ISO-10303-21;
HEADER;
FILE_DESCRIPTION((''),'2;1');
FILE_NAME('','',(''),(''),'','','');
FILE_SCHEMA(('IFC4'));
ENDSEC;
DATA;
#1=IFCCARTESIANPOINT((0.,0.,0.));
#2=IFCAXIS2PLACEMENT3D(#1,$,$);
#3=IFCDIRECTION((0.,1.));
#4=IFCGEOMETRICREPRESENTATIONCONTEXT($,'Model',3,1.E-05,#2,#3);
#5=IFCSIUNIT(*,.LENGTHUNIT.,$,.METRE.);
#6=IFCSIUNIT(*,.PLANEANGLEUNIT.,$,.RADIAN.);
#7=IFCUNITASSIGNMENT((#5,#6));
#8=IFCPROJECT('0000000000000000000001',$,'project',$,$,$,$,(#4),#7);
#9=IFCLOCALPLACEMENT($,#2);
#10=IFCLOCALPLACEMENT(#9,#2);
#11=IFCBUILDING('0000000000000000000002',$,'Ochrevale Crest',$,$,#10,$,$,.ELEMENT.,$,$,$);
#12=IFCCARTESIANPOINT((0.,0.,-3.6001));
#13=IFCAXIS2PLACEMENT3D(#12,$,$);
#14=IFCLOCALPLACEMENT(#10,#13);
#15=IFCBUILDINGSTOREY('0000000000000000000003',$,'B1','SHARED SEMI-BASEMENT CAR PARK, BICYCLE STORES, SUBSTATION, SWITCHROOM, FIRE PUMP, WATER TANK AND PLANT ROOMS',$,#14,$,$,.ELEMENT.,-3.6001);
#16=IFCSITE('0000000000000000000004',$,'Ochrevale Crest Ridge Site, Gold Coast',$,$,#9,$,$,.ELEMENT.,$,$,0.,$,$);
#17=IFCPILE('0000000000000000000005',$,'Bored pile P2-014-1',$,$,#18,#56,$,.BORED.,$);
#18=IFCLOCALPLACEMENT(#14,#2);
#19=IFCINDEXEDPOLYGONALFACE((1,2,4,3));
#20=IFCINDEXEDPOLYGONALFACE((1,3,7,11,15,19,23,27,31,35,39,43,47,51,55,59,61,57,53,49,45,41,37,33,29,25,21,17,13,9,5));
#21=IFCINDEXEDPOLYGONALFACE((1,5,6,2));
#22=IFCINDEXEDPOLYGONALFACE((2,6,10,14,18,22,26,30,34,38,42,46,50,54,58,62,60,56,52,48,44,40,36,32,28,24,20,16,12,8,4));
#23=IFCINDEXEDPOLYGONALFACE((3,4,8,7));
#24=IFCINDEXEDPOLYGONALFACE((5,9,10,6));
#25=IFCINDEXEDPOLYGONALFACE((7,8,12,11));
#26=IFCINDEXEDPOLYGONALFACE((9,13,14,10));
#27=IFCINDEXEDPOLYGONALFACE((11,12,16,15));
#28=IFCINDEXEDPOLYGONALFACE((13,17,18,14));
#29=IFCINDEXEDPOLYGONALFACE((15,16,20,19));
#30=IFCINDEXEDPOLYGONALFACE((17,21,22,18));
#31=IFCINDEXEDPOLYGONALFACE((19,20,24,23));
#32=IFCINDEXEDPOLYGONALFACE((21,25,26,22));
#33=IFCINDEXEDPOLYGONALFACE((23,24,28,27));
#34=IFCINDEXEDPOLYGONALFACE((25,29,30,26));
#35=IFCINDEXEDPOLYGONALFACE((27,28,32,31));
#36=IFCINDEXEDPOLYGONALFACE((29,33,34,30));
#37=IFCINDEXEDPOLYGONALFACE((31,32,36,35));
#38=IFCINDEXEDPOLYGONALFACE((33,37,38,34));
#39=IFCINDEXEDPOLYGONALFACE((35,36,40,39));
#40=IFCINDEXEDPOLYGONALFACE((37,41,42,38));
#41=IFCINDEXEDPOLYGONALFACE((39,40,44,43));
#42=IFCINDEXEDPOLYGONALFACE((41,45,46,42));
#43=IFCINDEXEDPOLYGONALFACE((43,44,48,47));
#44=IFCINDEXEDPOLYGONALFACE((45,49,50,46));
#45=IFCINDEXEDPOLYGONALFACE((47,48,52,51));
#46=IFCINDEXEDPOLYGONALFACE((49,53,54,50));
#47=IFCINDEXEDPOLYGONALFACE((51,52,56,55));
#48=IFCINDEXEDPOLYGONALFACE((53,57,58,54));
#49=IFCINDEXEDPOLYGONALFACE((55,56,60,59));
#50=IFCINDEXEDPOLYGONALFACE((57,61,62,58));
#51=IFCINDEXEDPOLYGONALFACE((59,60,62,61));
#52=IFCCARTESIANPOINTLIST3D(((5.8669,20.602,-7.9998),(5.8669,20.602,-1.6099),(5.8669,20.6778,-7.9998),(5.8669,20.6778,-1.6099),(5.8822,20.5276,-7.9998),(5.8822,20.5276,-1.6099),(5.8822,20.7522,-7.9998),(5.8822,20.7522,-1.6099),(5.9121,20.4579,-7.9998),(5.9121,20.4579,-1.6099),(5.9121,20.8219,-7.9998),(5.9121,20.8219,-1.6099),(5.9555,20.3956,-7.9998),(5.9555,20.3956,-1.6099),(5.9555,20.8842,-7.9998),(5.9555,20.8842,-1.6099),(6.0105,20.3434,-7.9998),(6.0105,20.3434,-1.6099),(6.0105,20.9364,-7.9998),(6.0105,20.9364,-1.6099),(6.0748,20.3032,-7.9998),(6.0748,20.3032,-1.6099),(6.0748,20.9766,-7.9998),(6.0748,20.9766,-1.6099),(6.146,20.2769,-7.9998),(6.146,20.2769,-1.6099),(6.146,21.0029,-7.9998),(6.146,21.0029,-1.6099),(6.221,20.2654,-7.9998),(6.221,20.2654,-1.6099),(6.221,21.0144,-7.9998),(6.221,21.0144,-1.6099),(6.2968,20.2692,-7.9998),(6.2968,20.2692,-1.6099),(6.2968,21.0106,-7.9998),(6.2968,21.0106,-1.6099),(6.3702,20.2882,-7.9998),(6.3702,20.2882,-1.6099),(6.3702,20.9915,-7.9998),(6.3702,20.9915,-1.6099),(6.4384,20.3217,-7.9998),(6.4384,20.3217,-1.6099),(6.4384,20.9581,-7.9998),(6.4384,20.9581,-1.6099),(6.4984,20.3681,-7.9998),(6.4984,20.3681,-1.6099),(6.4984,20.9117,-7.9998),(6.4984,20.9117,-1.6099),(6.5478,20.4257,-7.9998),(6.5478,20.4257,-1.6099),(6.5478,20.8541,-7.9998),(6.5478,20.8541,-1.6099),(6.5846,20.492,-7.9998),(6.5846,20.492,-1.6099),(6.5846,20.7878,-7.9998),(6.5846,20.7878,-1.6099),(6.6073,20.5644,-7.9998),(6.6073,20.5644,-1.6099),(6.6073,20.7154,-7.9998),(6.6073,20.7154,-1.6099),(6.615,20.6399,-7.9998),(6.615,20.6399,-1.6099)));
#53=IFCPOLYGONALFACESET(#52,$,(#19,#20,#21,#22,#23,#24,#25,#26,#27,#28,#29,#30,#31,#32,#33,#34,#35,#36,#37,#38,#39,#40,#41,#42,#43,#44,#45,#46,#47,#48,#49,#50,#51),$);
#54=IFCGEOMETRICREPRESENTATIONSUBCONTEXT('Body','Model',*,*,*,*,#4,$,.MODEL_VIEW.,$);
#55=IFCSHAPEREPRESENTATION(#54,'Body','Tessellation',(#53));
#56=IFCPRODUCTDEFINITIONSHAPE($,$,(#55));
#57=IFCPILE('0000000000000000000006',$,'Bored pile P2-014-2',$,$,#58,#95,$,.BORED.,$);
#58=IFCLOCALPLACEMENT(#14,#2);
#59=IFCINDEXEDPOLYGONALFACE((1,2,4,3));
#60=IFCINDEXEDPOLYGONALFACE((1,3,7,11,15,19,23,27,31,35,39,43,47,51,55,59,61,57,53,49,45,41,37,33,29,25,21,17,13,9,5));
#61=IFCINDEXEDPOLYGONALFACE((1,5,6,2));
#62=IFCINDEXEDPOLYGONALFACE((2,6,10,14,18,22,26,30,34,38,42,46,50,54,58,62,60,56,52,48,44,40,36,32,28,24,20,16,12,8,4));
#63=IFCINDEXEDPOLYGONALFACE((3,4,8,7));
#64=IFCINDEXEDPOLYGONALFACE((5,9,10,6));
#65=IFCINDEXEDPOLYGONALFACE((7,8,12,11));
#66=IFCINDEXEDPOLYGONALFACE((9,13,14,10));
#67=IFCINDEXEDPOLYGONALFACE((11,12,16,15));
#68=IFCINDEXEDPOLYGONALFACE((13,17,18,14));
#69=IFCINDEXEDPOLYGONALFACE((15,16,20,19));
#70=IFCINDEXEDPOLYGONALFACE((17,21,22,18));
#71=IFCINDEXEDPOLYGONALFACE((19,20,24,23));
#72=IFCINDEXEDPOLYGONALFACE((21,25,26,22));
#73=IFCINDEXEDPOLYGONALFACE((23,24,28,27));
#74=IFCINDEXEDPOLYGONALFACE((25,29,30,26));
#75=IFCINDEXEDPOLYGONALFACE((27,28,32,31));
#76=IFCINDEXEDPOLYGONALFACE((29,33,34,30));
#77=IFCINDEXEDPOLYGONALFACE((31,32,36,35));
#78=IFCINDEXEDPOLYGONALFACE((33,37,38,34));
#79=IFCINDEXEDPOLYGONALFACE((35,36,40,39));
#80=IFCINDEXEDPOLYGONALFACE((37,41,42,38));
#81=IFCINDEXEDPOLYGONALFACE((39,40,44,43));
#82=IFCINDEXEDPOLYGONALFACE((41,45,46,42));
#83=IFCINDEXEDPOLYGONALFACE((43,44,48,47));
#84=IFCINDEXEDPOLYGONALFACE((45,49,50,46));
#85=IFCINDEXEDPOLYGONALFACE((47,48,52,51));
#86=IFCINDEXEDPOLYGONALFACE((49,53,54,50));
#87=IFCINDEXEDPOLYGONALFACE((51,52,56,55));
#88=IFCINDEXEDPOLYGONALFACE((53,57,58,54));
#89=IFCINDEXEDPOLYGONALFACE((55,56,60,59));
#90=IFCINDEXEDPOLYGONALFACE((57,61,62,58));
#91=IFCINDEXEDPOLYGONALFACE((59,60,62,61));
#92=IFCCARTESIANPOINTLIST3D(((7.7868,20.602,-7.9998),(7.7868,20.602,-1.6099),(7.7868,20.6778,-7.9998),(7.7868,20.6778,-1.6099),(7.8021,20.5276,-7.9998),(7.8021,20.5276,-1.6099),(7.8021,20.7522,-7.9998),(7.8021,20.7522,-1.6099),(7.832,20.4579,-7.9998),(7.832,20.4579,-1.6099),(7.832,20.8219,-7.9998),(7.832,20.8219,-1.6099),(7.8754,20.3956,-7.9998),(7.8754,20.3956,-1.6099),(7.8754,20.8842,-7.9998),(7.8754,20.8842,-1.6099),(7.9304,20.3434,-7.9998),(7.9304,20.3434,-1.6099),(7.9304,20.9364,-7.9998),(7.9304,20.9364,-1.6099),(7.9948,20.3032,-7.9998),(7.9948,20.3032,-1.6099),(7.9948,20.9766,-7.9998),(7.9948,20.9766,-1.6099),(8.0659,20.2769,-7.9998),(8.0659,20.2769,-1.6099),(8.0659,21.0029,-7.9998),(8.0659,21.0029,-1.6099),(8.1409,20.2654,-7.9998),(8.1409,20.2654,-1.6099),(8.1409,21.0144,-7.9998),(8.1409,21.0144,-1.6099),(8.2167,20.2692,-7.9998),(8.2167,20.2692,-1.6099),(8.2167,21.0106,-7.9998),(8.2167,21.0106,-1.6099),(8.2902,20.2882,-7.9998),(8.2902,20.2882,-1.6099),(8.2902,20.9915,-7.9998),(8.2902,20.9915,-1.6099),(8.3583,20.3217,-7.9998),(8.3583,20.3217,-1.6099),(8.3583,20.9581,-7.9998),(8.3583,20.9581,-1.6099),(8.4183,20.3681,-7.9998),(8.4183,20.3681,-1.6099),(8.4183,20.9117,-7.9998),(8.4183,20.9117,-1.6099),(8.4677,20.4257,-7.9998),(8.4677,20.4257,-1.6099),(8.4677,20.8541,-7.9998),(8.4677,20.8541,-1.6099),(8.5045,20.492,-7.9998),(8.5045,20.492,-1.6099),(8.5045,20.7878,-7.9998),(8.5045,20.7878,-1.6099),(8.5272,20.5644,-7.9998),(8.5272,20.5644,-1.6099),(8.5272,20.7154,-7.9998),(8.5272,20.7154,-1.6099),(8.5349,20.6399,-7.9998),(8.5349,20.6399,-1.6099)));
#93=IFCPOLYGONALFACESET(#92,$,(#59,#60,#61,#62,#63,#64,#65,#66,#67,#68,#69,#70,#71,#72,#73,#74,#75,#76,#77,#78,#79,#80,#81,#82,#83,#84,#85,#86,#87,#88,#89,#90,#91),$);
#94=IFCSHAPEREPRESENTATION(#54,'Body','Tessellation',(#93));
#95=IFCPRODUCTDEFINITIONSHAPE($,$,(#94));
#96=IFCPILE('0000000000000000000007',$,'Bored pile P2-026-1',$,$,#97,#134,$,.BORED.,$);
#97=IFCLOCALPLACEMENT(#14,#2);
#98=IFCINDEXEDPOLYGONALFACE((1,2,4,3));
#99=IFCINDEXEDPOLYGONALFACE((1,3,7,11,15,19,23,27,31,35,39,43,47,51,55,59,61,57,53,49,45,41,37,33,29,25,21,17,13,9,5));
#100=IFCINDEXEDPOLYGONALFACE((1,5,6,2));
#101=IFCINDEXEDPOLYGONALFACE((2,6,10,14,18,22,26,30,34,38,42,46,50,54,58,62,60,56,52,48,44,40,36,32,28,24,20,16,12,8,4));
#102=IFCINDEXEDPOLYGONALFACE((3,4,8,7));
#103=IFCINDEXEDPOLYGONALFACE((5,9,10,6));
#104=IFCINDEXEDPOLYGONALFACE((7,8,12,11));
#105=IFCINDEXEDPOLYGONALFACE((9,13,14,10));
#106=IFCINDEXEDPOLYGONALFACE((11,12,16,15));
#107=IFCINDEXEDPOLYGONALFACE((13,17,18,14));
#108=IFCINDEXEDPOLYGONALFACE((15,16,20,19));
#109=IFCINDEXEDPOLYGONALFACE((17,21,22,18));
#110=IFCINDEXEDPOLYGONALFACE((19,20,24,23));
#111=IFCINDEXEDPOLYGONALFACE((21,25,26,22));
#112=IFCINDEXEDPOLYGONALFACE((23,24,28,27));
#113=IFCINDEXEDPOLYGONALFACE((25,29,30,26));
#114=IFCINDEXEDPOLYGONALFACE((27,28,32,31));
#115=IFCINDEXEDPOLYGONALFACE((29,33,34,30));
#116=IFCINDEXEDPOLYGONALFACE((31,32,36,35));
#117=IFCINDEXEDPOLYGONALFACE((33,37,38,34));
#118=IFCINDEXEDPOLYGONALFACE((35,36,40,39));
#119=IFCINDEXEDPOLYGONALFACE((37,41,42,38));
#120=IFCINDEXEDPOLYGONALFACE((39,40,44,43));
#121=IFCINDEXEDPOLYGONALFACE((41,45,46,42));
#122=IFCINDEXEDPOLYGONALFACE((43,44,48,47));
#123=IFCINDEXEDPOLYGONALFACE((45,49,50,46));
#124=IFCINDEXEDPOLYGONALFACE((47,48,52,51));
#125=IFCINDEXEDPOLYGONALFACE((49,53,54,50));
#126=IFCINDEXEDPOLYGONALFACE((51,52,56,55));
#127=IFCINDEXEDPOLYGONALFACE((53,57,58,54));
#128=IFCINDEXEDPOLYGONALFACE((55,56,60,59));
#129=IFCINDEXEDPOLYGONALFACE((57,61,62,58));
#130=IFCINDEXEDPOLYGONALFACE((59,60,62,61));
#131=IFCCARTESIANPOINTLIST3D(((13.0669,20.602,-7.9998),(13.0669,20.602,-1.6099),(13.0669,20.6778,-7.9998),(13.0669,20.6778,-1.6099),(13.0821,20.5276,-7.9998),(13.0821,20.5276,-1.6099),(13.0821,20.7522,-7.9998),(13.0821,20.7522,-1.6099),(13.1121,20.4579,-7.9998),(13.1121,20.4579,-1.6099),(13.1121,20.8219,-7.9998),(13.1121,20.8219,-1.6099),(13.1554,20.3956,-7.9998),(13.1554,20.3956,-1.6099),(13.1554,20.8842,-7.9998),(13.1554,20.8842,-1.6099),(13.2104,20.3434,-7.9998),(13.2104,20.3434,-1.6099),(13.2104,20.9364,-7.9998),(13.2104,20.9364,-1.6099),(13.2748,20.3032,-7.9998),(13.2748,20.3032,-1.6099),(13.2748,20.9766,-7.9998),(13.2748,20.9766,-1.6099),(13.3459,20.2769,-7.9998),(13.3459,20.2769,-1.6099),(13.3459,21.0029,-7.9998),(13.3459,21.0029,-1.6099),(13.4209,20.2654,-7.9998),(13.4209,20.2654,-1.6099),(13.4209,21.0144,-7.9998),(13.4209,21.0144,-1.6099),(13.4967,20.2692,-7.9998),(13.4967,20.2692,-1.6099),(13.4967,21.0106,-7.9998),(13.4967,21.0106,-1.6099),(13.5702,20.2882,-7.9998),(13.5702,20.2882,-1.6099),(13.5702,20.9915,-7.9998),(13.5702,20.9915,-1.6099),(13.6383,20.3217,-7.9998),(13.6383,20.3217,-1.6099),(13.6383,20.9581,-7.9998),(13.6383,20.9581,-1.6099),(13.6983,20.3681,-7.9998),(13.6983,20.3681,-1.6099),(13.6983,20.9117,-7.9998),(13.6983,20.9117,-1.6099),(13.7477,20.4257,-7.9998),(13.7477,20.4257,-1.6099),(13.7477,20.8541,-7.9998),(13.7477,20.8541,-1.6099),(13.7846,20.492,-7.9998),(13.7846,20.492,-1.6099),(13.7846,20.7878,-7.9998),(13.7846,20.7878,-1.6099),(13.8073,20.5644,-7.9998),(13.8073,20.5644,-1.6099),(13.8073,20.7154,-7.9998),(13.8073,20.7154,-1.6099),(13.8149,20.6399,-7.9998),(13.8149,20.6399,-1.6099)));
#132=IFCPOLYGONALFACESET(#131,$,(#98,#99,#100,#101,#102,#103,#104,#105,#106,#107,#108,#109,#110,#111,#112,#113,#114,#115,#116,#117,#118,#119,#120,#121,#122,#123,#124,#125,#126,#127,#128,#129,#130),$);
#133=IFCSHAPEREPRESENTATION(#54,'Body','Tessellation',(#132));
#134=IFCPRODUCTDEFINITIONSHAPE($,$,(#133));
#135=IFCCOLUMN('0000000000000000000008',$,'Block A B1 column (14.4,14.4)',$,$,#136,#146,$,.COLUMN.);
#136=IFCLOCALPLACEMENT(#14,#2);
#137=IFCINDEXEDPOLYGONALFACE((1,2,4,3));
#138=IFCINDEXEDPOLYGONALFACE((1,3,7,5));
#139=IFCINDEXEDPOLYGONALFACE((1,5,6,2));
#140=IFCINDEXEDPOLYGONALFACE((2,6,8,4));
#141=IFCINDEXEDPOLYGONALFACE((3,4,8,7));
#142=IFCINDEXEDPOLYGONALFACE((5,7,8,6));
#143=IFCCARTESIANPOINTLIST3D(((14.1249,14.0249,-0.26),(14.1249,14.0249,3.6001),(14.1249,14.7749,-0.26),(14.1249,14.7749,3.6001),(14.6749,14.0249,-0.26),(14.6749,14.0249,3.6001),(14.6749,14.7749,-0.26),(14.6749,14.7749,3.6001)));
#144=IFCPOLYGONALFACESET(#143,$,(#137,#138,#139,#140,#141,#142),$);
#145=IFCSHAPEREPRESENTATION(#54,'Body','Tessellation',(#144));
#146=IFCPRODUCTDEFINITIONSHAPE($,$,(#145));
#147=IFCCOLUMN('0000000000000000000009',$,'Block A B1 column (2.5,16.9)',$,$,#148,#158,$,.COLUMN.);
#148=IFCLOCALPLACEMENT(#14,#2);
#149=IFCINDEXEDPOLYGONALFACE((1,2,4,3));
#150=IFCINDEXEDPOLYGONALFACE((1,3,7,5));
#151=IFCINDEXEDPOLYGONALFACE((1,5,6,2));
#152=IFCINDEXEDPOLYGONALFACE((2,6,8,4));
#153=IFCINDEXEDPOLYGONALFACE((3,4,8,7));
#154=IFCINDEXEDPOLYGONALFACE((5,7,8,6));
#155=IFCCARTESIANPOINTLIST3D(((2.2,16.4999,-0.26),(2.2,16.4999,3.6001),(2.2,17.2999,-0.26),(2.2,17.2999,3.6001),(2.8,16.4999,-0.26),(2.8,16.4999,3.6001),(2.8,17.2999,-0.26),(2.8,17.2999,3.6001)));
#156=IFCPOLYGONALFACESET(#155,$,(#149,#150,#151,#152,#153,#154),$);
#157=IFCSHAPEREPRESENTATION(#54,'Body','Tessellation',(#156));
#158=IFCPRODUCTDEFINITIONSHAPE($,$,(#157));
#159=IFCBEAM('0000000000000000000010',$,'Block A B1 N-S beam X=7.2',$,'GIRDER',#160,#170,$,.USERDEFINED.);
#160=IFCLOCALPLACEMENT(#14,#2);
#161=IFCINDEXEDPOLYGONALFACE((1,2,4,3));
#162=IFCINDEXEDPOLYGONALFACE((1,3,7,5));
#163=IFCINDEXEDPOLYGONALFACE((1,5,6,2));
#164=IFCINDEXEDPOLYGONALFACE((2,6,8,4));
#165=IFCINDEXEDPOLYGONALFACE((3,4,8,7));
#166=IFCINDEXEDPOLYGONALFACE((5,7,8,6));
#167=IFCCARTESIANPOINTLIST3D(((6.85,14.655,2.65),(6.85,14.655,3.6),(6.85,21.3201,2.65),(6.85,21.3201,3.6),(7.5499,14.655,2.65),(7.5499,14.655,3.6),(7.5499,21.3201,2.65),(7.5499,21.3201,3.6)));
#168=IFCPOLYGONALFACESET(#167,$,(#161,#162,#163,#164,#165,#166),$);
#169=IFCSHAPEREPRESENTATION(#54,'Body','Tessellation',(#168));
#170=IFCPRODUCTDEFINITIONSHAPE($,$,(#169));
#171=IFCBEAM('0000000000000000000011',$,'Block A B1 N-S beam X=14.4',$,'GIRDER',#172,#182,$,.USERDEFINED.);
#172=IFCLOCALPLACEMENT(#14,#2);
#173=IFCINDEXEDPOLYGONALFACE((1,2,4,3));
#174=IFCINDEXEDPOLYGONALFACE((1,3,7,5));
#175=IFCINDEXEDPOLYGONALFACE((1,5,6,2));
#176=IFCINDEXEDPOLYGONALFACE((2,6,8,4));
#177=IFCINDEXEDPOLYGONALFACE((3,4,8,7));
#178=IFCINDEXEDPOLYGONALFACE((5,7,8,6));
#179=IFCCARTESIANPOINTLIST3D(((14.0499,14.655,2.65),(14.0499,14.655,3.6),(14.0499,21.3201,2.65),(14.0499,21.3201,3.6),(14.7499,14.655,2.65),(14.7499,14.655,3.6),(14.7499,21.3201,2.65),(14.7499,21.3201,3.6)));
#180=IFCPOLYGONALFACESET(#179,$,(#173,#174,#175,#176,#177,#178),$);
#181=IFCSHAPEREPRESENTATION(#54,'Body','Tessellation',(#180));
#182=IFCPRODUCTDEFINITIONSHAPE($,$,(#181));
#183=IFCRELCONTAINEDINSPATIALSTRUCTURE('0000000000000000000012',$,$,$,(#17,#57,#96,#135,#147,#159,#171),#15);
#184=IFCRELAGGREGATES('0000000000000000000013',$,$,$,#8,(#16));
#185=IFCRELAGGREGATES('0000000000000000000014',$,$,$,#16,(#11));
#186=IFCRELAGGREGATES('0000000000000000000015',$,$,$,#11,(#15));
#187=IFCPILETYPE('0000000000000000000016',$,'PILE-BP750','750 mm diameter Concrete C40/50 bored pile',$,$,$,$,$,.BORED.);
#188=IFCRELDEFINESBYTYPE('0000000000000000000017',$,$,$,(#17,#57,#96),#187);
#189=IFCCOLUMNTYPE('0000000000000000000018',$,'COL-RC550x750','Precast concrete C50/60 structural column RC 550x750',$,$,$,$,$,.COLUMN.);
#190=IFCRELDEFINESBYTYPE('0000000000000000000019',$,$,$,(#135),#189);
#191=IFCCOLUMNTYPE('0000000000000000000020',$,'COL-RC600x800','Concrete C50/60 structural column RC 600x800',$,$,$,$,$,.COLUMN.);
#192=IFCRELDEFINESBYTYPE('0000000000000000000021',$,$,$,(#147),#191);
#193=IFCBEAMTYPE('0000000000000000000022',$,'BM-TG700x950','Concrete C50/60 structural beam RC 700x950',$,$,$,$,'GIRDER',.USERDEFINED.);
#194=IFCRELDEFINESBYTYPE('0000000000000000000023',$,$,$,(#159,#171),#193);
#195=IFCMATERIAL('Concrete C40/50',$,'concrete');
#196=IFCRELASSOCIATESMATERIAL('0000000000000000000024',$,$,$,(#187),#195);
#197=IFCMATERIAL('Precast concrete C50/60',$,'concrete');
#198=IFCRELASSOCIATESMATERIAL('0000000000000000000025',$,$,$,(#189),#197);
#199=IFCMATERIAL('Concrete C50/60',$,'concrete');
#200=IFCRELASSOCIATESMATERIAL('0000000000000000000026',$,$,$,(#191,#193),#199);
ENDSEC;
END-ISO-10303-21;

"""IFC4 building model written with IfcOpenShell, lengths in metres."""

from ifc_helpers import new_model, si_unit, direction, frame, origin, origin_2d, place, context, subcontext, project, spatial, rectangle, circle, extrude, material, material_profile, profile_set, type_object, element, save


model = new_model("IFC4")

# Units and contexts
model_context = context("Model", 3, precision=1e-05, world=origin(), true_north=direction((0.0, 1.0)))
body_context = subcontext(model_context, "Body", "Model", "MODEL_VIEW")
ifc_project = project(units=[si_unit("LENGTHUNIT", "METRE"), si_unit("PLANEANGLEUNIT", "RADIAN")], contexts=[model_context])

# Site, building, storey
site_placement = place(None, origin())
site = spatial("IfcSite", under=ifc_project, at=site_placement, Name="Ochrevale Crest Ridge Site, Gold Coast", CompositionType="ELEMENT", RefElevation=0.0)
building_placement = place(site_placement, origin())
building = spatial("IfcBuilding", under=site, at=building_placement, Name="Ochrevale Crest", CompositionType="ELEMENT")
storey_placement = place(building_placement, frame((0.0, 0.0, -3.6001)))
storey = spatial("IfcBuildingStorey", under=building, at=storey_placement, Name="B1", Description="SHARED SEMI-BASEMENT CAR PARK, BICYCLE STORES, SUBSTATION, SWITCHROOM, FIRE PUMP, WATER TANK AND PLANT ROOMS", CompositionType="ELEMENT", Elevation=-3.6001)

# Shared definitions
ifc_material_1 = material(Name="Concrete C40/50", Category="concrete")

# Piles
ifc_material_profile_1 = material_profile(ifc_material_1, circle(Radius=0.375, at=origin_2d()), Name="BORED PILE 750")
ifc_profile_set_1 = profile_set([ifc_material_profile_1], Name="Concrete C40/50")
pile_type_1 = type_object("IfcPileType", Name="PILE-BP750", Description="750 mm diameter Concrete C40/50 bored pile", PredefinedType="BORED", material=ifc_profile_set_1)
for number, where, z_axis, x_axis, name in (
    (1, (6.24, 20.6399, -1.6099), (0.0, 0.0, -1.0), (1.0, 0.0, 0.0), "Bored pile P2-014-1"),
    (2, (8.1599, 20.6399, -1.6099), (0.0, 0.0, -1.0), (1.0, 0.0, 0.0), "Bored pile P2-014-2"),
    (3, (13.4399, 20.6399, -1.6099), (0.0, 0.0, -1.0), (1.0, 0.0, 0.0), "Bored pile P2-026-1"),
):
    element("IfcPile", number, at=place(storey_placement, frame(where, z_axis=z_axis, x_axis=x_axis)), inside=storey, type_object=pile_type_1, Name=name, PredefinedType="BORED", context=body_context, shape_type="SweptSolid", body=[
        extrude(circle(Radius=0.375, at=origin_2d()), origin(), (0.0, 0.0, 1.0), 6.3899),
    ])

# Columns
ifc_material_2 = material(Name="Precast concrete C50/60", Category="concrete")
ifc_material_profile_2 = material_profile(ifc_material_2, rectangle(XDim=0.55, YDim=0.75, at=origin_2d()), Name="RC 550x750")
ifc_profile_set_2 = profile_set([ifc_material_profile_2], Name="Precast concrete C50/60")
column_type_1 = type_object("IfcColumnType", Name="COL-RC550x750", Description="Precast concrete C50/60 structural column RC 550x750", PredefinedType="COLUMN", material=ifc_profile_set_2)
column_1_placement = place(storey_placement, frame((14.3999, 14.3999, -0.26), z_axis=(0.0, 0.0, 1.0), x_axis=(1.0, 0.0, 0.0)))
element("IfcColumn", 4, at=column_1_placement, inside=storey, type_object=column_type_1, Name="Block A B1 column (14.4,14.4)", PredefinedType="COLUMN", context=body_context, shape_type="SweptSolid", body=[
    extrude(rectangle(XDim=0.55, YDim=0.75, at=origin_2d()), origin(), (0.0, 0.0, 1.0), 3.8601),
])
ifc_material_3 = material(Name="Concrete C50/60", Category="concrete")
ifc_material_profile_3 = material_profile(ifc_material_3, rectangle(XDim=0.6001, YDim=0.8, at=origin_2d()), Name="RC 600x800")
ifc_profile_set_3 = profile_set([ifc_material_profile_3], Name="Concrete C50/60")
column_type_2 = type_object("IfcColumnType", Name="COL-RC600x800", Description="Concrete C50/60 structural column RC 600x800", PredefinedType="COLUMN", material=ifc_profile_set_3)
column_2_placement = place(storey_placement, frame((2.5, 16.8999, -0.26), z_axis=(0.0, 0.0, 1.0), x_axis=(1.0, 0.0, 0.0)))
element("IfcColumn", 5, at=column_2_placement, inside=storey, type_object=column_type_2, Name="Block A B1 column (2.5,16.9)", PredefinedType="COLUMN", context=body_context, shape_type="SweptSolid", body=[
    extrude(rectangle(XDim=0.6001, YDim=0.8, at=origin_2d()), origin(), (0.0, 0.0, 1.0), 3.8601),
])

# Beams
ifc_material_profile_4 = material_profile(ifc_material_3, rectangle(XDim=0.7, YDim=0.95, at=origin_2d()), Name="RC 700x950")
ifc_profile_set_4 = profile_set([ifc_material_profile_4], Name="Concrete C50/60")
beam_type_1 = type_object("IfcBeamType", Name="BM-TG700x950", Description="Concrete C50/60 structural beam RC 700x950", ElementType="GIRDER", PredefinedType="USERDEFINED", material=ifc_profile_set_4)
for number, where, z_axis, x_axis, name in (
    (6, (7.2, 14.655, 3.125), (0.0, 1.0, 0.0), (-1.0, 0.0, 0.0), "Block A B1 N-S beam X=7.2"),
    (7, (14.3999, 14.655, 3.125), (0.0, 1.0, 0.0), (-1.0, 0.0, 0.0), "Block A B1 N-S beam X=14.4"),
):
    element("IfcBeam", number, at=place(storey_placement, frame(where, z_axis=z_axis, x_axis=x_axis)), inside=storey, type_object=beam_type_1, Name=name, ObjectType="GIRDER", PredefinedType="USERDEFINED", context=body_context, shape_type="SweptSolid", body=[
        extrude(rectangle(XDim=0.7, YDim=0.95, at=origin_2d()), origin(), (0.0, 0.0, 1.0), 6.665),
    ])

save(model, "model.ifc")
